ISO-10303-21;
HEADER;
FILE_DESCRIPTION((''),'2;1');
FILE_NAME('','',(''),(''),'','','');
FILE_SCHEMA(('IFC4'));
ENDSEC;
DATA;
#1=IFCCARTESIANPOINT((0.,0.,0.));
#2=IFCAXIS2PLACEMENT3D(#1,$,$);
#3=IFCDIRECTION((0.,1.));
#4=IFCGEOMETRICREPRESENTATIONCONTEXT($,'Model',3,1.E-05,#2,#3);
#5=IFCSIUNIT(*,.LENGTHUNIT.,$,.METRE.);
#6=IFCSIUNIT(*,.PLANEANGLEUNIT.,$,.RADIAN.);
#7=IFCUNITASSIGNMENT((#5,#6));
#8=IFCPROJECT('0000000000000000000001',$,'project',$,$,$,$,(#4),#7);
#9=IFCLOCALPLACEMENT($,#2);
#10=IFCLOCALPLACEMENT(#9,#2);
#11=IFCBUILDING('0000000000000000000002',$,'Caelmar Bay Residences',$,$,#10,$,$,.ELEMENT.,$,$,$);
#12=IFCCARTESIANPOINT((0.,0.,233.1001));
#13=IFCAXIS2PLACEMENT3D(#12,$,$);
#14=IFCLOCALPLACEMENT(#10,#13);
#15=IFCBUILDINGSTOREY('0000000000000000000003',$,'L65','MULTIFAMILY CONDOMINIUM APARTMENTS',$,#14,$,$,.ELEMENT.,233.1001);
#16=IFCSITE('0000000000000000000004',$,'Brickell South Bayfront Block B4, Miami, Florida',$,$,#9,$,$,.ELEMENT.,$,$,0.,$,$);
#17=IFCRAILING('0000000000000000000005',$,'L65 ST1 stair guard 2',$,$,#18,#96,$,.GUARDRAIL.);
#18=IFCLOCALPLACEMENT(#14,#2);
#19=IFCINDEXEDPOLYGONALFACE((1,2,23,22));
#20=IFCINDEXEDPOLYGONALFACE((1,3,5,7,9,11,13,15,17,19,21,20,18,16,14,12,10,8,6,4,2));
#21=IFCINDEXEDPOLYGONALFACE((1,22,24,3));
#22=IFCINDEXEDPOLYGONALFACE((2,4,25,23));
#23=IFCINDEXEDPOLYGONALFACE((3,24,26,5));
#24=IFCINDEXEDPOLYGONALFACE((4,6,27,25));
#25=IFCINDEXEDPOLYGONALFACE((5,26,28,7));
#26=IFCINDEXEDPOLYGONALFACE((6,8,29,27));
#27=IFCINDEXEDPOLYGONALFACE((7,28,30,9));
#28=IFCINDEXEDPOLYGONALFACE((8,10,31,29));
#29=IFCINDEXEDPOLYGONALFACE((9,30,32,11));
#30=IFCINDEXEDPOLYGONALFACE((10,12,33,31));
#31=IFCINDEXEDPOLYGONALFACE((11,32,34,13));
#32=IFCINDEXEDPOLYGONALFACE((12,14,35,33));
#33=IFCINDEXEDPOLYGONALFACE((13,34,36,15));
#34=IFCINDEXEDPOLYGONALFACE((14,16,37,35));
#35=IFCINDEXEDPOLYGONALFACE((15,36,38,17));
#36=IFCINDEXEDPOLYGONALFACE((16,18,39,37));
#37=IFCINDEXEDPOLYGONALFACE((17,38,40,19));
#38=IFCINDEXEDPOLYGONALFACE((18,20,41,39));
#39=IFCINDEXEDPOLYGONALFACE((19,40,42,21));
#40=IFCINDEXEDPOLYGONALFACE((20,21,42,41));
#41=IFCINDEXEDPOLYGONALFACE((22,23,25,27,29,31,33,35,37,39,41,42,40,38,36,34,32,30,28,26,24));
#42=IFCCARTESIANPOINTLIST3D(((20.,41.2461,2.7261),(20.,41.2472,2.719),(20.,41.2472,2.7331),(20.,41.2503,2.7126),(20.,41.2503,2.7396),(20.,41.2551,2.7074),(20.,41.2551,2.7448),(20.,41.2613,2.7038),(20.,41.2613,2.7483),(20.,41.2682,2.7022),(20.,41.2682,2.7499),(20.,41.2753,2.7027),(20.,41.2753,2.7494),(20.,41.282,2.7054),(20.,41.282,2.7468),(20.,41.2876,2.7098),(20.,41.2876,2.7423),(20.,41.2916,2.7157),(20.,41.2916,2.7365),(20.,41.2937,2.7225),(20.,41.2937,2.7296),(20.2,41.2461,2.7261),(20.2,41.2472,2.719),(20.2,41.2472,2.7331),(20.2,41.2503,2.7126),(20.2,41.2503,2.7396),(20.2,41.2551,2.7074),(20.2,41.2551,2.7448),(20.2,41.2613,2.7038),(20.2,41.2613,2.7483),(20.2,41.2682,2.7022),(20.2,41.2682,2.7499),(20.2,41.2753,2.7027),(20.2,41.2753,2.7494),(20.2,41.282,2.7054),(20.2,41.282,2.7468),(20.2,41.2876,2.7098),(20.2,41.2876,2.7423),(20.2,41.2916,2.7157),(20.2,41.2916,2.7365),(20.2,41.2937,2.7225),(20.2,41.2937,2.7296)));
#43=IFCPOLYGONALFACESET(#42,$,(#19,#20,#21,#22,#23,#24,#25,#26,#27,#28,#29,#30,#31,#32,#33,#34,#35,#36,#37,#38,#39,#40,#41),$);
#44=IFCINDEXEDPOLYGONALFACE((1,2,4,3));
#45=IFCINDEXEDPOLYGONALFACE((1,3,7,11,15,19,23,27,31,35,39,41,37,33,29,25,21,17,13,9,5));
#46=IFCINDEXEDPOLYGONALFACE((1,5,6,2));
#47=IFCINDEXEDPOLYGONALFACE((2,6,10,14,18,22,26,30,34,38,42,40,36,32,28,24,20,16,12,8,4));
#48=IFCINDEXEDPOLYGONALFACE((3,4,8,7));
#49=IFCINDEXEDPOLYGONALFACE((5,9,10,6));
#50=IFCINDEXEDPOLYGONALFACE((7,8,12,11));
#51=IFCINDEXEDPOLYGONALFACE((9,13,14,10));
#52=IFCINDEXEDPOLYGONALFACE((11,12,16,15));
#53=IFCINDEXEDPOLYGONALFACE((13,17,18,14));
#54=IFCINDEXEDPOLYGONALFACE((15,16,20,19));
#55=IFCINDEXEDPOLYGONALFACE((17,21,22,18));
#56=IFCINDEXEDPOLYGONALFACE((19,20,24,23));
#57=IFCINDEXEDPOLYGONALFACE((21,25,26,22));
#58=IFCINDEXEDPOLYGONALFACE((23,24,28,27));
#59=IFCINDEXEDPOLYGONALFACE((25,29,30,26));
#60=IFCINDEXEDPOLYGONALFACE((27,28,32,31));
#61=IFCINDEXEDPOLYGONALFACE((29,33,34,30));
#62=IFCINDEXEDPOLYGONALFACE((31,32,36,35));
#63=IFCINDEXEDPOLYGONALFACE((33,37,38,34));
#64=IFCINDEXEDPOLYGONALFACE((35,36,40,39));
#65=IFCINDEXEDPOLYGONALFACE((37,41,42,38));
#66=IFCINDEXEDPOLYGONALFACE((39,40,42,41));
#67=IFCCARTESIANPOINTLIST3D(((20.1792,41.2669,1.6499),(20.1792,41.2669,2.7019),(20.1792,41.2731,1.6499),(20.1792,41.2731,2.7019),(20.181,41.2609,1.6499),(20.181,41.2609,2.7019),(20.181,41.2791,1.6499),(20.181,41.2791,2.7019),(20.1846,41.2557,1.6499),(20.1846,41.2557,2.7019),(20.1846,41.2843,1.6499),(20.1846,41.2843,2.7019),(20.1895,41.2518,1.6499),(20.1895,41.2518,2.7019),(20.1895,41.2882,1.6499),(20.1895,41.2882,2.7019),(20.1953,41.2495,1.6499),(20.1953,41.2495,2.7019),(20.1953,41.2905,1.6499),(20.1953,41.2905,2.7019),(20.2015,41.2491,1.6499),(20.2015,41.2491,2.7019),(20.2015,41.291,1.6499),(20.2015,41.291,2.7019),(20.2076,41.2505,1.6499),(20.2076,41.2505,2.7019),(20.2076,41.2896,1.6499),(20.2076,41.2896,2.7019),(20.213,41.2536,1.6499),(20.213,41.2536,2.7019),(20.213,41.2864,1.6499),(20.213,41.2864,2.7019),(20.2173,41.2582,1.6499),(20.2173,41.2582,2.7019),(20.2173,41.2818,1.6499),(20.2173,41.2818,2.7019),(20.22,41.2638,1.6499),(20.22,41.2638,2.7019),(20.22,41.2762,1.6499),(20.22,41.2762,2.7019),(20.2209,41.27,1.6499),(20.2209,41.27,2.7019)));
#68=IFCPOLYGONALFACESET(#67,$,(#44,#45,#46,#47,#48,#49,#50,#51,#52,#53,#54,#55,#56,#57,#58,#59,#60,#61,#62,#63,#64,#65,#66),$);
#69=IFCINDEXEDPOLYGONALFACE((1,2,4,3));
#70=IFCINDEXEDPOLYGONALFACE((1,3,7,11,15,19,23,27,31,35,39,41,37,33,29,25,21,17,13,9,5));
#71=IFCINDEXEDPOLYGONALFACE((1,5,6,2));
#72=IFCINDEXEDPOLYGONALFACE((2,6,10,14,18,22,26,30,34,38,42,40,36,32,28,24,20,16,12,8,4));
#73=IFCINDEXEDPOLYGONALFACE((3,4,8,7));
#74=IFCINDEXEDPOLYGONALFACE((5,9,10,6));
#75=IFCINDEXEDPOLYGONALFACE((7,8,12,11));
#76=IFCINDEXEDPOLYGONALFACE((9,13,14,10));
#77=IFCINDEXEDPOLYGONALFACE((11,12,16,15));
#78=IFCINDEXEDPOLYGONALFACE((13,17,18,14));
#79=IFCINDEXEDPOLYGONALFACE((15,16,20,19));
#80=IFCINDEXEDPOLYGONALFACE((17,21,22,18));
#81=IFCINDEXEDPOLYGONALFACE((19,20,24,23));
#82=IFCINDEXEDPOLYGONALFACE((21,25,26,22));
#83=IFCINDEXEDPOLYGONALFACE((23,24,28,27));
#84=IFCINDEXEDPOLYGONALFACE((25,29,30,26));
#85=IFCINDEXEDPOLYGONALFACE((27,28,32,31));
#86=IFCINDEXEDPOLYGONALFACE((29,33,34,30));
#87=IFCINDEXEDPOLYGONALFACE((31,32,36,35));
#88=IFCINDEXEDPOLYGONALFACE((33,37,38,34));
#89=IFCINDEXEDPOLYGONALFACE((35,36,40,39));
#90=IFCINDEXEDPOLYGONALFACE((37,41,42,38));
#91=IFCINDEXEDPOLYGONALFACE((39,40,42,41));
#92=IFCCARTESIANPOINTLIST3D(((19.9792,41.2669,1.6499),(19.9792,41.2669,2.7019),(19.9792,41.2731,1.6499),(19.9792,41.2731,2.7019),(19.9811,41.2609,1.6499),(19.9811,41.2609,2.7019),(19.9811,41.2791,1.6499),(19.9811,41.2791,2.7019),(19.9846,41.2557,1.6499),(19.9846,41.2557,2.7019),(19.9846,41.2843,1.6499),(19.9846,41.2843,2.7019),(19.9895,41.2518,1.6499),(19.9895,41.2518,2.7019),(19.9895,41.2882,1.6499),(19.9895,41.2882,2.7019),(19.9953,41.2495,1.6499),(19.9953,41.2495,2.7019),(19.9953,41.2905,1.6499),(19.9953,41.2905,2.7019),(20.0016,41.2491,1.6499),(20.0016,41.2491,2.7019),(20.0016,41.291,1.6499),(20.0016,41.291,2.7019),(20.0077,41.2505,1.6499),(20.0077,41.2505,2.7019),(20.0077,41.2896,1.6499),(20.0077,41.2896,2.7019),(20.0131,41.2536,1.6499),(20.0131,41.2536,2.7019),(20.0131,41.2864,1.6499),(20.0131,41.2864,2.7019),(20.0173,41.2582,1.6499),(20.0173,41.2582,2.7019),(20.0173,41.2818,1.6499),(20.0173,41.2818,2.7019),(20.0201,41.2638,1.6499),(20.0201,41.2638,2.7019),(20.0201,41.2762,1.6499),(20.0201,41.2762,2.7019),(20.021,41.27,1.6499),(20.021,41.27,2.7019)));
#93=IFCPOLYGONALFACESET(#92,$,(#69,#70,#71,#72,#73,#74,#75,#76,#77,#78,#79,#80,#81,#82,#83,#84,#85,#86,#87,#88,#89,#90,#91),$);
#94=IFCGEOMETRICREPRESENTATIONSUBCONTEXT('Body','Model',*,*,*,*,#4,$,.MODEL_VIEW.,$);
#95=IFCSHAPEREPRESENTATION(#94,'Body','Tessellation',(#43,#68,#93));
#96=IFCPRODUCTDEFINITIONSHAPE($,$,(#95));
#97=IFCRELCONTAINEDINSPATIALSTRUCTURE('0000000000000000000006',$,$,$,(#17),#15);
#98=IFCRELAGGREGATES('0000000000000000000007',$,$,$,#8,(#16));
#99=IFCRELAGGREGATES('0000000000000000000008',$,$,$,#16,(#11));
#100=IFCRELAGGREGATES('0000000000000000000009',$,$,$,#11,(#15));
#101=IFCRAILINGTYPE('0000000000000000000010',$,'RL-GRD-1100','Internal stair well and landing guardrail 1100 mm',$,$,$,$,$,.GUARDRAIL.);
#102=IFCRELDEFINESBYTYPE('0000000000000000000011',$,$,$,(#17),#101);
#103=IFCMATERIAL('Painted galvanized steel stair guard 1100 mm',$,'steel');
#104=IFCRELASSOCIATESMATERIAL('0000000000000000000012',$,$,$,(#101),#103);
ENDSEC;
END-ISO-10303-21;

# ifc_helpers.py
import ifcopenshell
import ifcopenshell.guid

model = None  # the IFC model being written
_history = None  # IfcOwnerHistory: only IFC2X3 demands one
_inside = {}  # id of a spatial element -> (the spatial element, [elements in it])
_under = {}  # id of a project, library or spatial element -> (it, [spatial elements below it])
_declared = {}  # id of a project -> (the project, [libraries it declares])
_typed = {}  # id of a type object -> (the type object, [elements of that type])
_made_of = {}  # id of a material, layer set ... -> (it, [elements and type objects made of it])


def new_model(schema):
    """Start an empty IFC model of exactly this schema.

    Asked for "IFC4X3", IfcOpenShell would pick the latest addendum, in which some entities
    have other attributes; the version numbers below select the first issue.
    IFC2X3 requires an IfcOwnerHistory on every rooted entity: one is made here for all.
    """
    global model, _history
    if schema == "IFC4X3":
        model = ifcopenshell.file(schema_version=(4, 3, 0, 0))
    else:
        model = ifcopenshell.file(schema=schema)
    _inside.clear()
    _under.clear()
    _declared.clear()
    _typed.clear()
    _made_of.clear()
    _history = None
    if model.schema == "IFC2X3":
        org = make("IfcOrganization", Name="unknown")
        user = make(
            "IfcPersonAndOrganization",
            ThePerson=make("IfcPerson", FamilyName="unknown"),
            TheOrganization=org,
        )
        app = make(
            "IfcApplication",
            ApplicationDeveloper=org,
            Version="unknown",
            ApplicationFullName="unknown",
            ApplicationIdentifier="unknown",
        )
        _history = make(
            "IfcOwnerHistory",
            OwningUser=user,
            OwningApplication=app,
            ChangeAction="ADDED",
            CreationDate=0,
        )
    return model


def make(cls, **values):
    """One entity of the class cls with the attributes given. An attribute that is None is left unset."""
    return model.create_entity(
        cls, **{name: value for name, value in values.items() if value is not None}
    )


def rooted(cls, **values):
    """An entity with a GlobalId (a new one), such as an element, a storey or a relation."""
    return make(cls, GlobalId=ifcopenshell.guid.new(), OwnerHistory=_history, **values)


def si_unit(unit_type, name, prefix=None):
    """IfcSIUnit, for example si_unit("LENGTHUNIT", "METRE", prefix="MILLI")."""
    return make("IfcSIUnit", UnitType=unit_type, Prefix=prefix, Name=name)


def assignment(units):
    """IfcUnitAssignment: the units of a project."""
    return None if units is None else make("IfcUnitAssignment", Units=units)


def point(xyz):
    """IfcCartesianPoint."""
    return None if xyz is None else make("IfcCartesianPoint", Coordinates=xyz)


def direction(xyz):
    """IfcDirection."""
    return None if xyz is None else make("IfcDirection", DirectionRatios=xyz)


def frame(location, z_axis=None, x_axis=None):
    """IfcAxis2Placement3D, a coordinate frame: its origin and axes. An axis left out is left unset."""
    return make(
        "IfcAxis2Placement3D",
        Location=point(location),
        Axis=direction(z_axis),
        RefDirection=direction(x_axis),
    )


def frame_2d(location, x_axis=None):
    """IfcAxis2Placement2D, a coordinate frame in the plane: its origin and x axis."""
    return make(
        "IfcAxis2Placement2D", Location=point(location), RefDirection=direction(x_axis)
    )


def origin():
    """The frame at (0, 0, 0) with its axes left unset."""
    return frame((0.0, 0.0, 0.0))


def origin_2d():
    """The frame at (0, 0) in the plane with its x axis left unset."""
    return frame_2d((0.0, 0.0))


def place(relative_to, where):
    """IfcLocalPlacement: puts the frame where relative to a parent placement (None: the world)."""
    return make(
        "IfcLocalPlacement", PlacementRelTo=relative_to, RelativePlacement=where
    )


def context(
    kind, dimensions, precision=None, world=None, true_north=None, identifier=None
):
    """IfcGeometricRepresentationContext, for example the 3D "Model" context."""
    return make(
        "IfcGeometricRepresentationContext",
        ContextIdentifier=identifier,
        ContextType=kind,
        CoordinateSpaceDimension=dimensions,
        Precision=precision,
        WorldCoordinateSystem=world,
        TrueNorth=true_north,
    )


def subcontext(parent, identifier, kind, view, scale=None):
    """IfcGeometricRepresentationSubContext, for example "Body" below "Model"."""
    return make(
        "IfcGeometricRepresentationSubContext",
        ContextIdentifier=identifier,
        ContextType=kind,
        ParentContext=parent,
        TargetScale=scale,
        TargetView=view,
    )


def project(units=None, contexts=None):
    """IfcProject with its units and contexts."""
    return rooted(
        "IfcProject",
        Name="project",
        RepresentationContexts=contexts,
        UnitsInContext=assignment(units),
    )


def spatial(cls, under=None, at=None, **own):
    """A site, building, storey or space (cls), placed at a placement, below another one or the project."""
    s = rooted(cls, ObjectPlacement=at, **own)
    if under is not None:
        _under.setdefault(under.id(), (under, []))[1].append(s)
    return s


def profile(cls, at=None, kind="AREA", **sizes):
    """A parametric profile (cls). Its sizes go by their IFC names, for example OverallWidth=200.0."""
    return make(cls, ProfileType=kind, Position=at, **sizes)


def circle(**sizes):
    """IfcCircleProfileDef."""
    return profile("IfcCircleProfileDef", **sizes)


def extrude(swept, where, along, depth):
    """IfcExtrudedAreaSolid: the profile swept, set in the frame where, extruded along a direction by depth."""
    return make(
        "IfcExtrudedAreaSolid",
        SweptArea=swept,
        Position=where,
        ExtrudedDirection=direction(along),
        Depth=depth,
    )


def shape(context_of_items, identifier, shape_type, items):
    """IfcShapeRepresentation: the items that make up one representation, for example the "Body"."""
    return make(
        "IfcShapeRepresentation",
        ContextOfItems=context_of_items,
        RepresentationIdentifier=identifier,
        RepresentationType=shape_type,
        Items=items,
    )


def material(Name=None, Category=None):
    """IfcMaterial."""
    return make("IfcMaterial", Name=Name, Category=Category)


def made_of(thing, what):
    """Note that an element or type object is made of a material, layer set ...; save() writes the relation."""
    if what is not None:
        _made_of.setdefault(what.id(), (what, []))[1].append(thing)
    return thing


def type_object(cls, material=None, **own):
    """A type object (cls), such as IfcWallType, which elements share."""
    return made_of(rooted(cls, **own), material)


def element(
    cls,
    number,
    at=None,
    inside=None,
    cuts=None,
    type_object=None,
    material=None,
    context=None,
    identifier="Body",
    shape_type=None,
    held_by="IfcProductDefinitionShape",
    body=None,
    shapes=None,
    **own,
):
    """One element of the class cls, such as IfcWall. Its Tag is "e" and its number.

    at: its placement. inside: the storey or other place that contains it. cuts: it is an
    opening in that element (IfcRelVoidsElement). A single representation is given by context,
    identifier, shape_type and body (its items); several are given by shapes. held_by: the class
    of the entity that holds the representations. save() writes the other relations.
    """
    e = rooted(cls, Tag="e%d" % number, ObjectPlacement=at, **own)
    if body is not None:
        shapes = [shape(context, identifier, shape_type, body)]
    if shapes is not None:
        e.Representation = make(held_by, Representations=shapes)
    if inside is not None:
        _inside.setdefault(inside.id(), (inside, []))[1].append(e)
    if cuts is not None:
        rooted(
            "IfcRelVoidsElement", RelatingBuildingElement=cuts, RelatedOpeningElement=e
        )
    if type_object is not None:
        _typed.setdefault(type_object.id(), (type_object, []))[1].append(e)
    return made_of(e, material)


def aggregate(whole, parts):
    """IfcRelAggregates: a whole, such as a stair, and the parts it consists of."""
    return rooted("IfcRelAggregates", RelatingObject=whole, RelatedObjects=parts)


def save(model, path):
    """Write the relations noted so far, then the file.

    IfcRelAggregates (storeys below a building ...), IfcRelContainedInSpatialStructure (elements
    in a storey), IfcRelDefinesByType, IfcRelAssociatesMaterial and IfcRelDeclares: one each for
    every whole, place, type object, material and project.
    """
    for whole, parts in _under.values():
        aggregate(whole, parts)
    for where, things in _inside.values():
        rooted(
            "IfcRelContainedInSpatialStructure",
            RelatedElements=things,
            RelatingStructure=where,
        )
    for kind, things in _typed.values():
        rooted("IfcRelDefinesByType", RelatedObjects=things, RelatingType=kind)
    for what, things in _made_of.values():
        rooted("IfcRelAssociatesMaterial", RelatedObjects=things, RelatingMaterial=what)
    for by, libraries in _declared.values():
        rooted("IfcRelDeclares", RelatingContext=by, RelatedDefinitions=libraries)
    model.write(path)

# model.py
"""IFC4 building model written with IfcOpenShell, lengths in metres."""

from ifc_helpers import new_model, si_unit, direction, frame, origin, origin_2d, place, context, subcontext, project, spatial, circle, extrude, material, type_object, element, save


model = new_model("IFC4")

# Units and contexts
model_context = context("Model", 3, precision=1e-05, world=origin(), true_north=direction((0.0, 1.0)))
body_context = subcontext(model_context, "Body", "Model", "MODEL_VIEW")
ifc_project = project(units=[si_unit("LENGTHUNIT", "METRE"), si_unit("PLANEANGLEUNIT", "RADIAN")], contexts=[model_context])

# Site, building, storey
site_placement = place(None, origin())
site = spatial("IfcSite", under=ifc_project, at=site_placement, Name="Brickell South Bayfront Block B4, Miami, Florida", CompositionType="ELEMENT", RefElevation=0.0)
building_placement = place(site_placement, origin())
building = spatial("IfcBuilding", under=site, at=building_placement, Name="Caelmar Bay Residences", CompositionType="ELEMENT")
storey_placement = place(building_placement, frame((0.0, 0.0, 233.1001)))
storey = spatial("IfcBuildingStorey", under=building, at=storey_placement, Name="L65", Description="MULTIFAMILY CONDOMINIUM APARTMENTS", CompositionType="ELEMENT", Elevation=233.1001)

# Railing
ifc_material_1 = material(Name="Painted galvanized steel stair guard 1100 mm", Category="steel")
railing_type_1 = type_object("IfcRailingType", Name="RL-GRD-1100", Description="Internal stair well and landing guardrail 1100 mm", PredefinedType="GUARDRAIL", material=ifc_material_1)
railing_1_placement = place(storey_placement, frame((20.2, 41.27, 1.6499)))
element("IfcRailing", 1, at=railing_1_placement, inside=storey, type_object=railing_type_1, Name="L65 ST1 stair guard 2", PredefinedType="GUARDRAIL", context=body_context, shape_type="SweptSolid", body=[
    extrude(circle(Radius=0.0239, at=origin_2d()), frame((0.0, 0.0, 1.0762), z_axis=(-1.0, 0.0, 0.0), x_axis=(0.0, -1.0, 0.0)), (0.0, 0.0, 1.0), 0.2),
    extrude(circle(Radius=0.021, at=origin_2d()), origin(), (0.0, 0.0, 1.0), 1.052),
    extrude(circle(Radius=0.021, at=origin_2d()), frame((-0.2, 0.0, 0.0)), (0.0, 0.0, 1.0), 1.052),
])

save(model, "model.ifc")
